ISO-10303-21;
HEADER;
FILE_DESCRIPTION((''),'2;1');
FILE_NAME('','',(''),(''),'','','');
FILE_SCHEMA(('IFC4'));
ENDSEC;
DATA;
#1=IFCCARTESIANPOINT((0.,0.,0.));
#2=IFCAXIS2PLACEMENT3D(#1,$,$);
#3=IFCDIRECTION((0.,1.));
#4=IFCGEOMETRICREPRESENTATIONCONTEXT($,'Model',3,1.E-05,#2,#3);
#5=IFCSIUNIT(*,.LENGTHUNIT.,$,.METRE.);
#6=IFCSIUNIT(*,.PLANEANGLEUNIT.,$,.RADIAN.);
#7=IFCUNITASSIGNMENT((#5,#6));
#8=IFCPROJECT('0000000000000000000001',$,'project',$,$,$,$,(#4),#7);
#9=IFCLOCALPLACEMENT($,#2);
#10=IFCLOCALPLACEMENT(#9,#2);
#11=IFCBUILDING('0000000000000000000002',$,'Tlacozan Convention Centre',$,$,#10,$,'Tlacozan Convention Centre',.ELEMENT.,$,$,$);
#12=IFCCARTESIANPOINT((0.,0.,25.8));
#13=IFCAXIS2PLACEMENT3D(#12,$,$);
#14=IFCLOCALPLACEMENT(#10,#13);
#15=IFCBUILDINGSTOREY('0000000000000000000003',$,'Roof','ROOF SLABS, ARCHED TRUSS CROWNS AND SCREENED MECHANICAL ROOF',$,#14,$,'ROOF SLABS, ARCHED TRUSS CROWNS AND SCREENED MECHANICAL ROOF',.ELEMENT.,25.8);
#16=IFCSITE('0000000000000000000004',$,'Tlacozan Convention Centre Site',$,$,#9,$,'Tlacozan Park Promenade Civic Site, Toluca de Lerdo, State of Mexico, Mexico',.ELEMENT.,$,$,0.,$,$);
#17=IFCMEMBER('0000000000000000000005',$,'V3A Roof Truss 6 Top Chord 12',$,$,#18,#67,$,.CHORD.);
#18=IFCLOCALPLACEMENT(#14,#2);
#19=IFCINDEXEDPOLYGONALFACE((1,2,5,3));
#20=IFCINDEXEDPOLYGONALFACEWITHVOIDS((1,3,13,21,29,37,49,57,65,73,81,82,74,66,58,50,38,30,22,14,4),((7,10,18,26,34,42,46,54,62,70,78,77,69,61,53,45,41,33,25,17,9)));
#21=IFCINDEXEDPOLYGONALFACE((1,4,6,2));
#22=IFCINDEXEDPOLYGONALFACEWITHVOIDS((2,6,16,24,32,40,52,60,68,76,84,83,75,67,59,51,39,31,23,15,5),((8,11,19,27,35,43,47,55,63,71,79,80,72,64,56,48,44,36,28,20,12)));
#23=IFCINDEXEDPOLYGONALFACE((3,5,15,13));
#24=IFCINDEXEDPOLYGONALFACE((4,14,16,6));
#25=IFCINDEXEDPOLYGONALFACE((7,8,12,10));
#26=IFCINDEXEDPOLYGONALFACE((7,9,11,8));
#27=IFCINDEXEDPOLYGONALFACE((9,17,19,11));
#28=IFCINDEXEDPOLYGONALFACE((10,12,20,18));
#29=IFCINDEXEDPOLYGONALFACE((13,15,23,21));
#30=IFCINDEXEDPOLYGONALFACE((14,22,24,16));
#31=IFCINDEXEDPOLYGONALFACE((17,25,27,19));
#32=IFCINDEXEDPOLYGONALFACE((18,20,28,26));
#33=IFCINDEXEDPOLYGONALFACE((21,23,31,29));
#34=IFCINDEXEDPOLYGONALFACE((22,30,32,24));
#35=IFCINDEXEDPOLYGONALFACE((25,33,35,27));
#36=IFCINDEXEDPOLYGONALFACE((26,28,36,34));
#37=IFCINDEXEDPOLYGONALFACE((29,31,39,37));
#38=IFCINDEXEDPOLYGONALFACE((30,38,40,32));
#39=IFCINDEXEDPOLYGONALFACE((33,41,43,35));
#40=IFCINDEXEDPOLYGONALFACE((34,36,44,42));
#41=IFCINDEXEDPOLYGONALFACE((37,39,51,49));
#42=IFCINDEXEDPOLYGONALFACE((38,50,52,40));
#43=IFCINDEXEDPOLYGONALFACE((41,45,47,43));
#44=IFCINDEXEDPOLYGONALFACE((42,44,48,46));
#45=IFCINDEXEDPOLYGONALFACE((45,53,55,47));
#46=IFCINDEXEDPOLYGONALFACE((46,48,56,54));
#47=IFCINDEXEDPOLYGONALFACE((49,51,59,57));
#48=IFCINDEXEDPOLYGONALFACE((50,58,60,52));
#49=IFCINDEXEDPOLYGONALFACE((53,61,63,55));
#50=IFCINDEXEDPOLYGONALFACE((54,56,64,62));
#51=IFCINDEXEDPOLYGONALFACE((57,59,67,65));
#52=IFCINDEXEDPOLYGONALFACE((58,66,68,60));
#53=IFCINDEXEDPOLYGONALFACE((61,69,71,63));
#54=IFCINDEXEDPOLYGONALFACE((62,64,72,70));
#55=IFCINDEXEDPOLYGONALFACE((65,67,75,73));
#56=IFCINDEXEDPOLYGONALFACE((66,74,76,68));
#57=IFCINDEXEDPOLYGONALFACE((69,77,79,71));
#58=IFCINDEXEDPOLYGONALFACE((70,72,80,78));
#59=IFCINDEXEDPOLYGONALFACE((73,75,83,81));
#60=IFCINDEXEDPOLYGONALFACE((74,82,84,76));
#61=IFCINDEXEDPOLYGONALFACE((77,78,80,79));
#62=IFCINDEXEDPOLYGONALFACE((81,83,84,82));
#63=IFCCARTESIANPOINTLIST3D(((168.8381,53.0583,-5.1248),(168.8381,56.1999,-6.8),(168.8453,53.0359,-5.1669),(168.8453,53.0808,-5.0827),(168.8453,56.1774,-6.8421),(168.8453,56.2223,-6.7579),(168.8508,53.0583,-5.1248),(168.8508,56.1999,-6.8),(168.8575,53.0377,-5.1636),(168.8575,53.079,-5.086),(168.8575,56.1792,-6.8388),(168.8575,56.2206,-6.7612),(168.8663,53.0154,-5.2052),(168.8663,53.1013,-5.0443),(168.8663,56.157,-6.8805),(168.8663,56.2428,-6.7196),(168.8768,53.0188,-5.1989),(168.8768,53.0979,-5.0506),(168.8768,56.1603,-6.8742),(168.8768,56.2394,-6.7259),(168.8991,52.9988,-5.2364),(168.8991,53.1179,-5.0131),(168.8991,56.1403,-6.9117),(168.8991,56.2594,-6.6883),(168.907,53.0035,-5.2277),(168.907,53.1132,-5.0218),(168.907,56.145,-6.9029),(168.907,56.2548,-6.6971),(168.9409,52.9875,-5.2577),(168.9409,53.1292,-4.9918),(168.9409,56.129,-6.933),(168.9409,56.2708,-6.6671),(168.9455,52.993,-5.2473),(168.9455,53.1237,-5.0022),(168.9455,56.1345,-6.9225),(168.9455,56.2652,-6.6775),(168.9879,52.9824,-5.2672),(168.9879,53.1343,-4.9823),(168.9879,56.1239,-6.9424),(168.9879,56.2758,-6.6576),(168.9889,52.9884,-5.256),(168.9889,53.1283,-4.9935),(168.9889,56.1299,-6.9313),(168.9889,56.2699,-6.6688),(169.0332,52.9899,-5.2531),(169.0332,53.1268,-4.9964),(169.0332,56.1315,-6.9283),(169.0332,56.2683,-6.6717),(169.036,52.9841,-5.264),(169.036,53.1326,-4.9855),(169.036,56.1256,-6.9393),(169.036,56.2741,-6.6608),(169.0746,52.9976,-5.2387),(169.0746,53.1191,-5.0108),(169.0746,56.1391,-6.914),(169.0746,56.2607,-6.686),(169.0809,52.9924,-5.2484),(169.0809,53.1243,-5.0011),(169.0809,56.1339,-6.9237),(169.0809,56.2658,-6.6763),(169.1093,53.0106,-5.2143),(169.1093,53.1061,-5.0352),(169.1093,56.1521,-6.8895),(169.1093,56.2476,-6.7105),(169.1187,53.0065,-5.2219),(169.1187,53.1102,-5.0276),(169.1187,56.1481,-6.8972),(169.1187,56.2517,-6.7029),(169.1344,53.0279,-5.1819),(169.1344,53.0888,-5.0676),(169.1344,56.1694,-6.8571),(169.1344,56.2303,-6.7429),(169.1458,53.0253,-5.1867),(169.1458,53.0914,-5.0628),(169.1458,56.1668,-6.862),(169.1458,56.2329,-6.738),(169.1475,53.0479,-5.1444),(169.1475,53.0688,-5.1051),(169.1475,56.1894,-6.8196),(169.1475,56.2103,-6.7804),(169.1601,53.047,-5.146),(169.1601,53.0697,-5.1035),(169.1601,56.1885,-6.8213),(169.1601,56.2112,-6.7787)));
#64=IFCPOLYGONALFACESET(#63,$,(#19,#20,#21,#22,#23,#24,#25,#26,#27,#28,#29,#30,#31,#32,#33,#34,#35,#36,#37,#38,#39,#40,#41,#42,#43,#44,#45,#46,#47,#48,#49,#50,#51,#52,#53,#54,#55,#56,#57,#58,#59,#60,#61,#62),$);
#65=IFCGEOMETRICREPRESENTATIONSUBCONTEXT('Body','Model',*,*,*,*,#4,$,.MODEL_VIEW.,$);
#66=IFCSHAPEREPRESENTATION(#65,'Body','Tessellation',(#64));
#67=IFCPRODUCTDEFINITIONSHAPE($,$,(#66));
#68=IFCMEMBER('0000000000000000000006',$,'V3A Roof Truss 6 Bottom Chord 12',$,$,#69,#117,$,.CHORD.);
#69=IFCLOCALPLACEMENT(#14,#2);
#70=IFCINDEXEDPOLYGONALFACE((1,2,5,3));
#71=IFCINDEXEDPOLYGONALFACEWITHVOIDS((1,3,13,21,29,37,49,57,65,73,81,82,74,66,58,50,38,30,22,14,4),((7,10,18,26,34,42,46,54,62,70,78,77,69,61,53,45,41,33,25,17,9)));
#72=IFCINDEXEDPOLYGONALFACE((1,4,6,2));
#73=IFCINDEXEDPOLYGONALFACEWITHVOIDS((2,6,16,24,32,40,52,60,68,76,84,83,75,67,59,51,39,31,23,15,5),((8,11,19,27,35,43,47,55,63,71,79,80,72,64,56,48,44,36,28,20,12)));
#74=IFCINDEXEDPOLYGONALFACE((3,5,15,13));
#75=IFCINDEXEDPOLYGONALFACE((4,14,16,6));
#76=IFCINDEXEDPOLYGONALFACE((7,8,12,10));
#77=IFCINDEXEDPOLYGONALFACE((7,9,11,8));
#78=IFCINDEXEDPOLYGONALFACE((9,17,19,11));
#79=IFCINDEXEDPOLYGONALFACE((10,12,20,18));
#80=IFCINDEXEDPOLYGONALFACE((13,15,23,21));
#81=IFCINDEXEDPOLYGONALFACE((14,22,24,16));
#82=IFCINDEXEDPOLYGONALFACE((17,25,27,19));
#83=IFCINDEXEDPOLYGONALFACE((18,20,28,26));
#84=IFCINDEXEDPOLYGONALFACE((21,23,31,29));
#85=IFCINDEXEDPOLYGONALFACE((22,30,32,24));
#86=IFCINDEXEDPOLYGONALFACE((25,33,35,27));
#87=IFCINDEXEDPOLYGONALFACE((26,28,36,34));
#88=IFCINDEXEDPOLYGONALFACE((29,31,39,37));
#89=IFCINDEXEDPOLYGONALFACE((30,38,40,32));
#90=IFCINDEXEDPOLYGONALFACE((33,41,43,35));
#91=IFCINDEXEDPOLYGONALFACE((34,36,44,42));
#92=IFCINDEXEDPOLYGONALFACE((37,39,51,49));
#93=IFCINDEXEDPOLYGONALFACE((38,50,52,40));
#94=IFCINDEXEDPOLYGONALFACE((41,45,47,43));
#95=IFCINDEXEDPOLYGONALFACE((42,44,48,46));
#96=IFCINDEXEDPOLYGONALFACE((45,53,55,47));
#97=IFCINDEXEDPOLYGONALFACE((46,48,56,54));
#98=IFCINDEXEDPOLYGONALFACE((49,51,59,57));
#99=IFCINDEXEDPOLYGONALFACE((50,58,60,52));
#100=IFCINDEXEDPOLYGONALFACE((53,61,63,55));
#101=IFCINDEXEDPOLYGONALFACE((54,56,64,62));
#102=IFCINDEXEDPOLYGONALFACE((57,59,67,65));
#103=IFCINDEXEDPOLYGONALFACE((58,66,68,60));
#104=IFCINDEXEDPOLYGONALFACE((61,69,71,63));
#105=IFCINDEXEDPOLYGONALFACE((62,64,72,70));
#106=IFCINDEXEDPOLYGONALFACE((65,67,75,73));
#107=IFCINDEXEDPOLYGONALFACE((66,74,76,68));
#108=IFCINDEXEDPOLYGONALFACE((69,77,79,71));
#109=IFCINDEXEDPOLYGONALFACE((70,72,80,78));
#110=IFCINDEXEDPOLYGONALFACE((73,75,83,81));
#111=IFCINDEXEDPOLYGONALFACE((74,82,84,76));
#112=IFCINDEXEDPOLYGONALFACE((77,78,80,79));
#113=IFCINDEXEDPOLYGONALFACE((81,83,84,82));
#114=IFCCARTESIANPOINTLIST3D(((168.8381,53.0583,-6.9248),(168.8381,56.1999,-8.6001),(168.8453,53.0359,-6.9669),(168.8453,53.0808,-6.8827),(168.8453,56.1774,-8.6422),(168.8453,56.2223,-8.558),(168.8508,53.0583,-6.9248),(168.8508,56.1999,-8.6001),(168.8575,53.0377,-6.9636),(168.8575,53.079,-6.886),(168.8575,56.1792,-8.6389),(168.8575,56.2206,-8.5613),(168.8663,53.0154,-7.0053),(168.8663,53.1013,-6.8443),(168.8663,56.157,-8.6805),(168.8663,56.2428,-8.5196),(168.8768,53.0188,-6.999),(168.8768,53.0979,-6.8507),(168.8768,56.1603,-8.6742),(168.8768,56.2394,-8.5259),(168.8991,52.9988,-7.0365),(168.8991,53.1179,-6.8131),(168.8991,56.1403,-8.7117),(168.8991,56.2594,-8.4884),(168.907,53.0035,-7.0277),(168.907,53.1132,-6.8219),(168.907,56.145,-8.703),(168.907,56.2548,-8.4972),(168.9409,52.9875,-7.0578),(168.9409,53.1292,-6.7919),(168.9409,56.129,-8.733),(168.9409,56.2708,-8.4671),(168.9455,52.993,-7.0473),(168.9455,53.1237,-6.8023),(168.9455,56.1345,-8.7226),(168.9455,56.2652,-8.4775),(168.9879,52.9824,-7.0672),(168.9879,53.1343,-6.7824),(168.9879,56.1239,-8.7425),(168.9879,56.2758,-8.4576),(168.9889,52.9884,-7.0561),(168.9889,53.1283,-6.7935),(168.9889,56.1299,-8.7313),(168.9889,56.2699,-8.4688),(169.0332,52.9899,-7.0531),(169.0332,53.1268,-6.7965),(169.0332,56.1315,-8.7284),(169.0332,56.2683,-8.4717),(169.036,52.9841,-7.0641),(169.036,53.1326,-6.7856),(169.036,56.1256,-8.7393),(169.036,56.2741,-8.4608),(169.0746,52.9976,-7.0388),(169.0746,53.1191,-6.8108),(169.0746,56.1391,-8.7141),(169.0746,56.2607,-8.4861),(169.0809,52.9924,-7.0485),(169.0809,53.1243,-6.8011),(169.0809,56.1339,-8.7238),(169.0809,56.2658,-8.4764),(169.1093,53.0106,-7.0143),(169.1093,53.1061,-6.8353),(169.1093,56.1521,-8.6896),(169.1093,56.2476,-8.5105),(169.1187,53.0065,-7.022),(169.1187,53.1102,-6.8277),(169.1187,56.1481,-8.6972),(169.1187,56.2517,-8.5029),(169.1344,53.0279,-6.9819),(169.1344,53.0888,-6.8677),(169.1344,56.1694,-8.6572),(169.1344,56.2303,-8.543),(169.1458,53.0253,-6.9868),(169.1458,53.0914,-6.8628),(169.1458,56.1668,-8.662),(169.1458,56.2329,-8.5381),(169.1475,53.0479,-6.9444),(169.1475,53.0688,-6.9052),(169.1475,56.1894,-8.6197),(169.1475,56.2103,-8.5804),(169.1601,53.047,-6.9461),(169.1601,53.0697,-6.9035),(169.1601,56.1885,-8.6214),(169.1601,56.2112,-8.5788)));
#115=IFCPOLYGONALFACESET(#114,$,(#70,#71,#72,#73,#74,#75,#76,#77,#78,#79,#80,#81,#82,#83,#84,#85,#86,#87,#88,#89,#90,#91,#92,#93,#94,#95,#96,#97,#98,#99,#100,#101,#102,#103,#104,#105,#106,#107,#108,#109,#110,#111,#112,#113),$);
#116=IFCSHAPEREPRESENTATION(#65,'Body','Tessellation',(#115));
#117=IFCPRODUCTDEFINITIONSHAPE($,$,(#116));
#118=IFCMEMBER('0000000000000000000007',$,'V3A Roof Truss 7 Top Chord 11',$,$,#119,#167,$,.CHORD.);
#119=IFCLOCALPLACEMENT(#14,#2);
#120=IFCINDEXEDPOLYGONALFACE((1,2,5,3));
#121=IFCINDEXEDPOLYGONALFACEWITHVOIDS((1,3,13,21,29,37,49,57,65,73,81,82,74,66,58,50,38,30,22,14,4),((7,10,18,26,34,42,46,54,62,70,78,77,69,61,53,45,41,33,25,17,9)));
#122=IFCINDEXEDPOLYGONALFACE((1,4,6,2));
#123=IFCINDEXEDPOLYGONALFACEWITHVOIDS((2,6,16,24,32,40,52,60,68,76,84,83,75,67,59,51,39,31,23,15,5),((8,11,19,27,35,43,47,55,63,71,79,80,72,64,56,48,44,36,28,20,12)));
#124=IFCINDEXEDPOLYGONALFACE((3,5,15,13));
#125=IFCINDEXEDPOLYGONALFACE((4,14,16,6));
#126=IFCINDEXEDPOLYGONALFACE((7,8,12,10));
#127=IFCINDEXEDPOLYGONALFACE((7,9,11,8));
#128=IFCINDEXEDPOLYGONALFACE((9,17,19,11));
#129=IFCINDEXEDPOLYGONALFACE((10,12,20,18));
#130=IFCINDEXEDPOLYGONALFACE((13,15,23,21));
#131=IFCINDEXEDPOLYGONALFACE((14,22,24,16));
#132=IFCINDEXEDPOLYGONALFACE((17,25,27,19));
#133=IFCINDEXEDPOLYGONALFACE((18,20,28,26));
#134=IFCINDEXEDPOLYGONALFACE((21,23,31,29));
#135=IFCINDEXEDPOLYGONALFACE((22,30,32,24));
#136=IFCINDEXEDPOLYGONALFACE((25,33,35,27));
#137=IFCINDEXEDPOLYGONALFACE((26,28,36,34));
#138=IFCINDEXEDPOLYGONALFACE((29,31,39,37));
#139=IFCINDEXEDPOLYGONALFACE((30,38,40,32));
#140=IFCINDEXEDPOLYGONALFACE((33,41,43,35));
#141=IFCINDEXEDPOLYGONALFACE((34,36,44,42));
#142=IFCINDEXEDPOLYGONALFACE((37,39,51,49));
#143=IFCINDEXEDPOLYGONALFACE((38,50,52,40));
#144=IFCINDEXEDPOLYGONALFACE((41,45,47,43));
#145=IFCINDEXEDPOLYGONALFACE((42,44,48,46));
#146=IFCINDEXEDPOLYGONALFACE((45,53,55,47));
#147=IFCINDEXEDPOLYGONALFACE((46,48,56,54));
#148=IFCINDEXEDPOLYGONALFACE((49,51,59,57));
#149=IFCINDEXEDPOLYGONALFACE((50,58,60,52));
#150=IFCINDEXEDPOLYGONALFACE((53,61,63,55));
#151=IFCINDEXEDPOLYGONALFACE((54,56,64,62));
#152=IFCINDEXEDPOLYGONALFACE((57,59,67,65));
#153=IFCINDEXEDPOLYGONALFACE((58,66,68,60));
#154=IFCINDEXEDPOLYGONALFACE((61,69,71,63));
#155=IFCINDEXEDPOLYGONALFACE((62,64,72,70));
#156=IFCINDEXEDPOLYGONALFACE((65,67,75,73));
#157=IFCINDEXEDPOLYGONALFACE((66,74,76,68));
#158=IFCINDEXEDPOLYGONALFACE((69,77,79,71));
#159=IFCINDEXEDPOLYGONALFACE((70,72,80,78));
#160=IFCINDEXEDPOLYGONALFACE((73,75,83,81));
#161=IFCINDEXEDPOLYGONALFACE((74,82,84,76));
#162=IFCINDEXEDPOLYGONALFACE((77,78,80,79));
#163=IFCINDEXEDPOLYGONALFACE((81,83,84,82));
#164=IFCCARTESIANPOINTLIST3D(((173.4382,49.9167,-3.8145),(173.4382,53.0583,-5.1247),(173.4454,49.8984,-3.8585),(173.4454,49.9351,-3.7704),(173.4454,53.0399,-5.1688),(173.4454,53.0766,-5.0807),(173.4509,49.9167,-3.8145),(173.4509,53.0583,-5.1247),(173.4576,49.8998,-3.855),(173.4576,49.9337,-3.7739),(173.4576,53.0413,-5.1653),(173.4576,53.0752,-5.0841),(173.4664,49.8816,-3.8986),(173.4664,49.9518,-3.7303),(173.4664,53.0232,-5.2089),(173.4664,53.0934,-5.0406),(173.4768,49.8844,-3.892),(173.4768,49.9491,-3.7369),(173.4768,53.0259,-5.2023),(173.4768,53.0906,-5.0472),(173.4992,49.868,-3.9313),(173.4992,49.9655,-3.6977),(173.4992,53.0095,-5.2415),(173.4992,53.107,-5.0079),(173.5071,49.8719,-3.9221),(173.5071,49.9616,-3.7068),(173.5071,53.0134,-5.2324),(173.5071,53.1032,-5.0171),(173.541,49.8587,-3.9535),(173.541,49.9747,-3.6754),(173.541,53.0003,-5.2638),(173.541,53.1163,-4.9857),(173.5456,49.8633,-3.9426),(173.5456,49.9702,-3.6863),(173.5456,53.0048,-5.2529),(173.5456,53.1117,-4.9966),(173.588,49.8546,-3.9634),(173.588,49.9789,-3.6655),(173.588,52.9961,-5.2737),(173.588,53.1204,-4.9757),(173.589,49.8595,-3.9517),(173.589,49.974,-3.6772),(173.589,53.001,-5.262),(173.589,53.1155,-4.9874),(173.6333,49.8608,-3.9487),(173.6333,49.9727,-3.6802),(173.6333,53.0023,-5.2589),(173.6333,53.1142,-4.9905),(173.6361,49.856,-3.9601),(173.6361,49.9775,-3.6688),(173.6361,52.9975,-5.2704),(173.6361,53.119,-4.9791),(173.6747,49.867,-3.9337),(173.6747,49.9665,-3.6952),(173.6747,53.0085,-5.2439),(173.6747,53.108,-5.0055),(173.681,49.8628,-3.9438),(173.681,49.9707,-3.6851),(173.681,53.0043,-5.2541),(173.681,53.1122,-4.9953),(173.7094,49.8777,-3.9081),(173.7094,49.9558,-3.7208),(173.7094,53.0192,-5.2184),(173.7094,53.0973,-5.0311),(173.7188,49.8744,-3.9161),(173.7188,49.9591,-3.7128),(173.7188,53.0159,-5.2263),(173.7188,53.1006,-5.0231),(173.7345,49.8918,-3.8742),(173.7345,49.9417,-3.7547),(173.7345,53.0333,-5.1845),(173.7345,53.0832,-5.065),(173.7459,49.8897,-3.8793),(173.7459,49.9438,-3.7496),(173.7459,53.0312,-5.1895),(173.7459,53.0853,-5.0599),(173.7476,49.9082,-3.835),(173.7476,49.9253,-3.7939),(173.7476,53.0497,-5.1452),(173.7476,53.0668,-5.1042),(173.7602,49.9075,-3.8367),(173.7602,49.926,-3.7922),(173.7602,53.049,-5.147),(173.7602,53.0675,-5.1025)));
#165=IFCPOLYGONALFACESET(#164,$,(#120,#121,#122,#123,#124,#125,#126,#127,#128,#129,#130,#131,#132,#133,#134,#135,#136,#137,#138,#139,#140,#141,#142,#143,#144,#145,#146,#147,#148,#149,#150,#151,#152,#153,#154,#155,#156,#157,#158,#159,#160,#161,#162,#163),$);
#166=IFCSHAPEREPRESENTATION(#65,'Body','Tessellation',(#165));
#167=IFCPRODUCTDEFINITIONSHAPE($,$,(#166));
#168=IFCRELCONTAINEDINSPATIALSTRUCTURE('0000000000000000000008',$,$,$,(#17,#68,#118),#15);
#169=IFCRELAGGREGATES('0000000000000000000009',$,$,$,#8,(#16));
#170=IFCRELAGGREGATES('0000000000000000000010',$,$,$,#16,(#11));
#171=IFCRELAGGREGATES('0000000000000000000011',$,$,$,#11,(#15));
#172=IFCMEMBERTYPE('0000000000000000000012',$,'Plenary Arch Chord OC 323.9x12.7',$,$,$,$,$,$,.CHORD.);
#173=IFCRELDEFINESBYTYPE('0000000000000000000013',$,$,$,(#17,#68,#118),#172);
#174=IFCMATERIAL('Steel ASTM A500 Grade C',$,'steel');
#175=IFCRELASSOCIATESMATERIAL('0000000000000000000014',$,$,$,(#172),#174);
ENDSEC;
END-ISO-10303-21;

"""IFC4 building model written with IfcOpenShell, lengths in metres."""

from ifc_helpers import new_model, si_unit, direction, frame, origin, origin_2d, place, context, subcontext, project, spatial, hollow_circle, extrude, material, material_profile, profile_set, type_object, element, save


model = new_model("IFC4")

# Units and contexts
model_context = context("Model", 3, precision=1e-05, world=origin(), true_north=direction((0.0, 1.0)))
body_context = subcontext(model_context, "Body", "Model", "MODEL_VIEW")
ifc_project = project(units=[si_unit("LENGTHUNIT", "METRE"), si_unit("PLANEANGLEUNIT", "RADIAN")], contexts=[model_context])

# Site, building, storey
site_placement = place(None, origin())
site = spatial("IfcSite", under=ifc_project, at=site_placement, Name="Tlacozan Convention Centre Site", LongName="Tlacozan Park Promenade Civic Site, Toluca de Lerdo, State of Mexico, Mexico", CompositionType="ELEMENT", RefElevation=0.0)
building_placement = place(site_placement, origin())
building = spatial("IfcBuilding", under=site, at=building_placement, Name="Tlacozan Convention Centre", LongName="Tlacozan Convention Centre", CompositionType="ELEMENT")
storey_placement = place(building_placement, frame((0.0, 0.0, 25.8)))
storey = spatial("IfcBuildingStorey", under=building, at=storey_placement, Name="Roof", Description="ROOF SLABS, ARCHED TRUSS CROWNS AND SCREENED MECHANICAL ROOF", LongName="ROOF SLABS, ARCHED TRUSS CROWNS AND SCREENED MECHANICAL ROOF", CompositionType="ELEMENT", Elevation=25.8)

# Members
ifc_material_1 = material(Name="Steel ASTM A500 Grade C", Category="steel")
ifc_material_profile_1 = material_profile(ifc_material_1, hollow_circle(Radius=0.1619, WallThickness=0.0127, at=origin_2d()), Name="OC 323.9x12.7")
ifc_profile_set_1 = profile_set([ifc_material_profile_1], Name="Steel ASTM A500 Grade C")
member_type_1 = type_object("IfcMemberType", Name="Plenary Arch Chord OC 323.9x12.7", PredefinedType="CHORD", material=ifc_profile_set_1)
for number, where, z_axis, x_axis, name in (
    (1, (169.0, 53.0583, -5.1248), (0.0, 0.88238, -0.470538), (-1.0, 0.0, 0.0), "V3A Roof Truss 6 Top Chord 12"),
    (2, (169.0, 53.0583, -6.9248), (0.0, 0.88238, -0.470538), (-1.0, 0.0, 0.0), "V3A Roof Truss 6 Bottom Chord 12"),
):
    element("IfcMember", number, at=place(storey_placement, frame(where, z_axis=z_axis, x_axis=x_axis)), inside=storey, type_object=member_type_1, Name=name, PredefinedType="CHORD", context=body_context, shape_type="SweptSolid", body=[
        extrude(hollow_circle(Radius=0.1619, WallThickness=0.0127, at=origin_2d()), origin(), (0.0, 0.0, 1.0), 3.5603),
    ])
for number, where, z_axis, x_axis, name in (
    (3, (173.6001, 49.9167, -3.8145), (0.0, 0.922941, -0.384941), (-1.0, 0.0, 0.0), "V3A Roof Truss 7 Top Chord 11"),
):
    element("IfcMember", number, at=place(storey_placement, frame(where, z_axis=z_axis, x_axis=x_axis)), inside=storey, type_object=member_type_1, Name=name, PredefinedType="CHORD", context=body_context, shape_type="SweptSolid", body=[
        extrude(hollow_circle(Radius=0.1619, WallThickness=0.0127, at=origin_2d()), origin(), (0.0, 0.0, 1.0), 3.4038),
    ])

save(model, "model.ifc")
